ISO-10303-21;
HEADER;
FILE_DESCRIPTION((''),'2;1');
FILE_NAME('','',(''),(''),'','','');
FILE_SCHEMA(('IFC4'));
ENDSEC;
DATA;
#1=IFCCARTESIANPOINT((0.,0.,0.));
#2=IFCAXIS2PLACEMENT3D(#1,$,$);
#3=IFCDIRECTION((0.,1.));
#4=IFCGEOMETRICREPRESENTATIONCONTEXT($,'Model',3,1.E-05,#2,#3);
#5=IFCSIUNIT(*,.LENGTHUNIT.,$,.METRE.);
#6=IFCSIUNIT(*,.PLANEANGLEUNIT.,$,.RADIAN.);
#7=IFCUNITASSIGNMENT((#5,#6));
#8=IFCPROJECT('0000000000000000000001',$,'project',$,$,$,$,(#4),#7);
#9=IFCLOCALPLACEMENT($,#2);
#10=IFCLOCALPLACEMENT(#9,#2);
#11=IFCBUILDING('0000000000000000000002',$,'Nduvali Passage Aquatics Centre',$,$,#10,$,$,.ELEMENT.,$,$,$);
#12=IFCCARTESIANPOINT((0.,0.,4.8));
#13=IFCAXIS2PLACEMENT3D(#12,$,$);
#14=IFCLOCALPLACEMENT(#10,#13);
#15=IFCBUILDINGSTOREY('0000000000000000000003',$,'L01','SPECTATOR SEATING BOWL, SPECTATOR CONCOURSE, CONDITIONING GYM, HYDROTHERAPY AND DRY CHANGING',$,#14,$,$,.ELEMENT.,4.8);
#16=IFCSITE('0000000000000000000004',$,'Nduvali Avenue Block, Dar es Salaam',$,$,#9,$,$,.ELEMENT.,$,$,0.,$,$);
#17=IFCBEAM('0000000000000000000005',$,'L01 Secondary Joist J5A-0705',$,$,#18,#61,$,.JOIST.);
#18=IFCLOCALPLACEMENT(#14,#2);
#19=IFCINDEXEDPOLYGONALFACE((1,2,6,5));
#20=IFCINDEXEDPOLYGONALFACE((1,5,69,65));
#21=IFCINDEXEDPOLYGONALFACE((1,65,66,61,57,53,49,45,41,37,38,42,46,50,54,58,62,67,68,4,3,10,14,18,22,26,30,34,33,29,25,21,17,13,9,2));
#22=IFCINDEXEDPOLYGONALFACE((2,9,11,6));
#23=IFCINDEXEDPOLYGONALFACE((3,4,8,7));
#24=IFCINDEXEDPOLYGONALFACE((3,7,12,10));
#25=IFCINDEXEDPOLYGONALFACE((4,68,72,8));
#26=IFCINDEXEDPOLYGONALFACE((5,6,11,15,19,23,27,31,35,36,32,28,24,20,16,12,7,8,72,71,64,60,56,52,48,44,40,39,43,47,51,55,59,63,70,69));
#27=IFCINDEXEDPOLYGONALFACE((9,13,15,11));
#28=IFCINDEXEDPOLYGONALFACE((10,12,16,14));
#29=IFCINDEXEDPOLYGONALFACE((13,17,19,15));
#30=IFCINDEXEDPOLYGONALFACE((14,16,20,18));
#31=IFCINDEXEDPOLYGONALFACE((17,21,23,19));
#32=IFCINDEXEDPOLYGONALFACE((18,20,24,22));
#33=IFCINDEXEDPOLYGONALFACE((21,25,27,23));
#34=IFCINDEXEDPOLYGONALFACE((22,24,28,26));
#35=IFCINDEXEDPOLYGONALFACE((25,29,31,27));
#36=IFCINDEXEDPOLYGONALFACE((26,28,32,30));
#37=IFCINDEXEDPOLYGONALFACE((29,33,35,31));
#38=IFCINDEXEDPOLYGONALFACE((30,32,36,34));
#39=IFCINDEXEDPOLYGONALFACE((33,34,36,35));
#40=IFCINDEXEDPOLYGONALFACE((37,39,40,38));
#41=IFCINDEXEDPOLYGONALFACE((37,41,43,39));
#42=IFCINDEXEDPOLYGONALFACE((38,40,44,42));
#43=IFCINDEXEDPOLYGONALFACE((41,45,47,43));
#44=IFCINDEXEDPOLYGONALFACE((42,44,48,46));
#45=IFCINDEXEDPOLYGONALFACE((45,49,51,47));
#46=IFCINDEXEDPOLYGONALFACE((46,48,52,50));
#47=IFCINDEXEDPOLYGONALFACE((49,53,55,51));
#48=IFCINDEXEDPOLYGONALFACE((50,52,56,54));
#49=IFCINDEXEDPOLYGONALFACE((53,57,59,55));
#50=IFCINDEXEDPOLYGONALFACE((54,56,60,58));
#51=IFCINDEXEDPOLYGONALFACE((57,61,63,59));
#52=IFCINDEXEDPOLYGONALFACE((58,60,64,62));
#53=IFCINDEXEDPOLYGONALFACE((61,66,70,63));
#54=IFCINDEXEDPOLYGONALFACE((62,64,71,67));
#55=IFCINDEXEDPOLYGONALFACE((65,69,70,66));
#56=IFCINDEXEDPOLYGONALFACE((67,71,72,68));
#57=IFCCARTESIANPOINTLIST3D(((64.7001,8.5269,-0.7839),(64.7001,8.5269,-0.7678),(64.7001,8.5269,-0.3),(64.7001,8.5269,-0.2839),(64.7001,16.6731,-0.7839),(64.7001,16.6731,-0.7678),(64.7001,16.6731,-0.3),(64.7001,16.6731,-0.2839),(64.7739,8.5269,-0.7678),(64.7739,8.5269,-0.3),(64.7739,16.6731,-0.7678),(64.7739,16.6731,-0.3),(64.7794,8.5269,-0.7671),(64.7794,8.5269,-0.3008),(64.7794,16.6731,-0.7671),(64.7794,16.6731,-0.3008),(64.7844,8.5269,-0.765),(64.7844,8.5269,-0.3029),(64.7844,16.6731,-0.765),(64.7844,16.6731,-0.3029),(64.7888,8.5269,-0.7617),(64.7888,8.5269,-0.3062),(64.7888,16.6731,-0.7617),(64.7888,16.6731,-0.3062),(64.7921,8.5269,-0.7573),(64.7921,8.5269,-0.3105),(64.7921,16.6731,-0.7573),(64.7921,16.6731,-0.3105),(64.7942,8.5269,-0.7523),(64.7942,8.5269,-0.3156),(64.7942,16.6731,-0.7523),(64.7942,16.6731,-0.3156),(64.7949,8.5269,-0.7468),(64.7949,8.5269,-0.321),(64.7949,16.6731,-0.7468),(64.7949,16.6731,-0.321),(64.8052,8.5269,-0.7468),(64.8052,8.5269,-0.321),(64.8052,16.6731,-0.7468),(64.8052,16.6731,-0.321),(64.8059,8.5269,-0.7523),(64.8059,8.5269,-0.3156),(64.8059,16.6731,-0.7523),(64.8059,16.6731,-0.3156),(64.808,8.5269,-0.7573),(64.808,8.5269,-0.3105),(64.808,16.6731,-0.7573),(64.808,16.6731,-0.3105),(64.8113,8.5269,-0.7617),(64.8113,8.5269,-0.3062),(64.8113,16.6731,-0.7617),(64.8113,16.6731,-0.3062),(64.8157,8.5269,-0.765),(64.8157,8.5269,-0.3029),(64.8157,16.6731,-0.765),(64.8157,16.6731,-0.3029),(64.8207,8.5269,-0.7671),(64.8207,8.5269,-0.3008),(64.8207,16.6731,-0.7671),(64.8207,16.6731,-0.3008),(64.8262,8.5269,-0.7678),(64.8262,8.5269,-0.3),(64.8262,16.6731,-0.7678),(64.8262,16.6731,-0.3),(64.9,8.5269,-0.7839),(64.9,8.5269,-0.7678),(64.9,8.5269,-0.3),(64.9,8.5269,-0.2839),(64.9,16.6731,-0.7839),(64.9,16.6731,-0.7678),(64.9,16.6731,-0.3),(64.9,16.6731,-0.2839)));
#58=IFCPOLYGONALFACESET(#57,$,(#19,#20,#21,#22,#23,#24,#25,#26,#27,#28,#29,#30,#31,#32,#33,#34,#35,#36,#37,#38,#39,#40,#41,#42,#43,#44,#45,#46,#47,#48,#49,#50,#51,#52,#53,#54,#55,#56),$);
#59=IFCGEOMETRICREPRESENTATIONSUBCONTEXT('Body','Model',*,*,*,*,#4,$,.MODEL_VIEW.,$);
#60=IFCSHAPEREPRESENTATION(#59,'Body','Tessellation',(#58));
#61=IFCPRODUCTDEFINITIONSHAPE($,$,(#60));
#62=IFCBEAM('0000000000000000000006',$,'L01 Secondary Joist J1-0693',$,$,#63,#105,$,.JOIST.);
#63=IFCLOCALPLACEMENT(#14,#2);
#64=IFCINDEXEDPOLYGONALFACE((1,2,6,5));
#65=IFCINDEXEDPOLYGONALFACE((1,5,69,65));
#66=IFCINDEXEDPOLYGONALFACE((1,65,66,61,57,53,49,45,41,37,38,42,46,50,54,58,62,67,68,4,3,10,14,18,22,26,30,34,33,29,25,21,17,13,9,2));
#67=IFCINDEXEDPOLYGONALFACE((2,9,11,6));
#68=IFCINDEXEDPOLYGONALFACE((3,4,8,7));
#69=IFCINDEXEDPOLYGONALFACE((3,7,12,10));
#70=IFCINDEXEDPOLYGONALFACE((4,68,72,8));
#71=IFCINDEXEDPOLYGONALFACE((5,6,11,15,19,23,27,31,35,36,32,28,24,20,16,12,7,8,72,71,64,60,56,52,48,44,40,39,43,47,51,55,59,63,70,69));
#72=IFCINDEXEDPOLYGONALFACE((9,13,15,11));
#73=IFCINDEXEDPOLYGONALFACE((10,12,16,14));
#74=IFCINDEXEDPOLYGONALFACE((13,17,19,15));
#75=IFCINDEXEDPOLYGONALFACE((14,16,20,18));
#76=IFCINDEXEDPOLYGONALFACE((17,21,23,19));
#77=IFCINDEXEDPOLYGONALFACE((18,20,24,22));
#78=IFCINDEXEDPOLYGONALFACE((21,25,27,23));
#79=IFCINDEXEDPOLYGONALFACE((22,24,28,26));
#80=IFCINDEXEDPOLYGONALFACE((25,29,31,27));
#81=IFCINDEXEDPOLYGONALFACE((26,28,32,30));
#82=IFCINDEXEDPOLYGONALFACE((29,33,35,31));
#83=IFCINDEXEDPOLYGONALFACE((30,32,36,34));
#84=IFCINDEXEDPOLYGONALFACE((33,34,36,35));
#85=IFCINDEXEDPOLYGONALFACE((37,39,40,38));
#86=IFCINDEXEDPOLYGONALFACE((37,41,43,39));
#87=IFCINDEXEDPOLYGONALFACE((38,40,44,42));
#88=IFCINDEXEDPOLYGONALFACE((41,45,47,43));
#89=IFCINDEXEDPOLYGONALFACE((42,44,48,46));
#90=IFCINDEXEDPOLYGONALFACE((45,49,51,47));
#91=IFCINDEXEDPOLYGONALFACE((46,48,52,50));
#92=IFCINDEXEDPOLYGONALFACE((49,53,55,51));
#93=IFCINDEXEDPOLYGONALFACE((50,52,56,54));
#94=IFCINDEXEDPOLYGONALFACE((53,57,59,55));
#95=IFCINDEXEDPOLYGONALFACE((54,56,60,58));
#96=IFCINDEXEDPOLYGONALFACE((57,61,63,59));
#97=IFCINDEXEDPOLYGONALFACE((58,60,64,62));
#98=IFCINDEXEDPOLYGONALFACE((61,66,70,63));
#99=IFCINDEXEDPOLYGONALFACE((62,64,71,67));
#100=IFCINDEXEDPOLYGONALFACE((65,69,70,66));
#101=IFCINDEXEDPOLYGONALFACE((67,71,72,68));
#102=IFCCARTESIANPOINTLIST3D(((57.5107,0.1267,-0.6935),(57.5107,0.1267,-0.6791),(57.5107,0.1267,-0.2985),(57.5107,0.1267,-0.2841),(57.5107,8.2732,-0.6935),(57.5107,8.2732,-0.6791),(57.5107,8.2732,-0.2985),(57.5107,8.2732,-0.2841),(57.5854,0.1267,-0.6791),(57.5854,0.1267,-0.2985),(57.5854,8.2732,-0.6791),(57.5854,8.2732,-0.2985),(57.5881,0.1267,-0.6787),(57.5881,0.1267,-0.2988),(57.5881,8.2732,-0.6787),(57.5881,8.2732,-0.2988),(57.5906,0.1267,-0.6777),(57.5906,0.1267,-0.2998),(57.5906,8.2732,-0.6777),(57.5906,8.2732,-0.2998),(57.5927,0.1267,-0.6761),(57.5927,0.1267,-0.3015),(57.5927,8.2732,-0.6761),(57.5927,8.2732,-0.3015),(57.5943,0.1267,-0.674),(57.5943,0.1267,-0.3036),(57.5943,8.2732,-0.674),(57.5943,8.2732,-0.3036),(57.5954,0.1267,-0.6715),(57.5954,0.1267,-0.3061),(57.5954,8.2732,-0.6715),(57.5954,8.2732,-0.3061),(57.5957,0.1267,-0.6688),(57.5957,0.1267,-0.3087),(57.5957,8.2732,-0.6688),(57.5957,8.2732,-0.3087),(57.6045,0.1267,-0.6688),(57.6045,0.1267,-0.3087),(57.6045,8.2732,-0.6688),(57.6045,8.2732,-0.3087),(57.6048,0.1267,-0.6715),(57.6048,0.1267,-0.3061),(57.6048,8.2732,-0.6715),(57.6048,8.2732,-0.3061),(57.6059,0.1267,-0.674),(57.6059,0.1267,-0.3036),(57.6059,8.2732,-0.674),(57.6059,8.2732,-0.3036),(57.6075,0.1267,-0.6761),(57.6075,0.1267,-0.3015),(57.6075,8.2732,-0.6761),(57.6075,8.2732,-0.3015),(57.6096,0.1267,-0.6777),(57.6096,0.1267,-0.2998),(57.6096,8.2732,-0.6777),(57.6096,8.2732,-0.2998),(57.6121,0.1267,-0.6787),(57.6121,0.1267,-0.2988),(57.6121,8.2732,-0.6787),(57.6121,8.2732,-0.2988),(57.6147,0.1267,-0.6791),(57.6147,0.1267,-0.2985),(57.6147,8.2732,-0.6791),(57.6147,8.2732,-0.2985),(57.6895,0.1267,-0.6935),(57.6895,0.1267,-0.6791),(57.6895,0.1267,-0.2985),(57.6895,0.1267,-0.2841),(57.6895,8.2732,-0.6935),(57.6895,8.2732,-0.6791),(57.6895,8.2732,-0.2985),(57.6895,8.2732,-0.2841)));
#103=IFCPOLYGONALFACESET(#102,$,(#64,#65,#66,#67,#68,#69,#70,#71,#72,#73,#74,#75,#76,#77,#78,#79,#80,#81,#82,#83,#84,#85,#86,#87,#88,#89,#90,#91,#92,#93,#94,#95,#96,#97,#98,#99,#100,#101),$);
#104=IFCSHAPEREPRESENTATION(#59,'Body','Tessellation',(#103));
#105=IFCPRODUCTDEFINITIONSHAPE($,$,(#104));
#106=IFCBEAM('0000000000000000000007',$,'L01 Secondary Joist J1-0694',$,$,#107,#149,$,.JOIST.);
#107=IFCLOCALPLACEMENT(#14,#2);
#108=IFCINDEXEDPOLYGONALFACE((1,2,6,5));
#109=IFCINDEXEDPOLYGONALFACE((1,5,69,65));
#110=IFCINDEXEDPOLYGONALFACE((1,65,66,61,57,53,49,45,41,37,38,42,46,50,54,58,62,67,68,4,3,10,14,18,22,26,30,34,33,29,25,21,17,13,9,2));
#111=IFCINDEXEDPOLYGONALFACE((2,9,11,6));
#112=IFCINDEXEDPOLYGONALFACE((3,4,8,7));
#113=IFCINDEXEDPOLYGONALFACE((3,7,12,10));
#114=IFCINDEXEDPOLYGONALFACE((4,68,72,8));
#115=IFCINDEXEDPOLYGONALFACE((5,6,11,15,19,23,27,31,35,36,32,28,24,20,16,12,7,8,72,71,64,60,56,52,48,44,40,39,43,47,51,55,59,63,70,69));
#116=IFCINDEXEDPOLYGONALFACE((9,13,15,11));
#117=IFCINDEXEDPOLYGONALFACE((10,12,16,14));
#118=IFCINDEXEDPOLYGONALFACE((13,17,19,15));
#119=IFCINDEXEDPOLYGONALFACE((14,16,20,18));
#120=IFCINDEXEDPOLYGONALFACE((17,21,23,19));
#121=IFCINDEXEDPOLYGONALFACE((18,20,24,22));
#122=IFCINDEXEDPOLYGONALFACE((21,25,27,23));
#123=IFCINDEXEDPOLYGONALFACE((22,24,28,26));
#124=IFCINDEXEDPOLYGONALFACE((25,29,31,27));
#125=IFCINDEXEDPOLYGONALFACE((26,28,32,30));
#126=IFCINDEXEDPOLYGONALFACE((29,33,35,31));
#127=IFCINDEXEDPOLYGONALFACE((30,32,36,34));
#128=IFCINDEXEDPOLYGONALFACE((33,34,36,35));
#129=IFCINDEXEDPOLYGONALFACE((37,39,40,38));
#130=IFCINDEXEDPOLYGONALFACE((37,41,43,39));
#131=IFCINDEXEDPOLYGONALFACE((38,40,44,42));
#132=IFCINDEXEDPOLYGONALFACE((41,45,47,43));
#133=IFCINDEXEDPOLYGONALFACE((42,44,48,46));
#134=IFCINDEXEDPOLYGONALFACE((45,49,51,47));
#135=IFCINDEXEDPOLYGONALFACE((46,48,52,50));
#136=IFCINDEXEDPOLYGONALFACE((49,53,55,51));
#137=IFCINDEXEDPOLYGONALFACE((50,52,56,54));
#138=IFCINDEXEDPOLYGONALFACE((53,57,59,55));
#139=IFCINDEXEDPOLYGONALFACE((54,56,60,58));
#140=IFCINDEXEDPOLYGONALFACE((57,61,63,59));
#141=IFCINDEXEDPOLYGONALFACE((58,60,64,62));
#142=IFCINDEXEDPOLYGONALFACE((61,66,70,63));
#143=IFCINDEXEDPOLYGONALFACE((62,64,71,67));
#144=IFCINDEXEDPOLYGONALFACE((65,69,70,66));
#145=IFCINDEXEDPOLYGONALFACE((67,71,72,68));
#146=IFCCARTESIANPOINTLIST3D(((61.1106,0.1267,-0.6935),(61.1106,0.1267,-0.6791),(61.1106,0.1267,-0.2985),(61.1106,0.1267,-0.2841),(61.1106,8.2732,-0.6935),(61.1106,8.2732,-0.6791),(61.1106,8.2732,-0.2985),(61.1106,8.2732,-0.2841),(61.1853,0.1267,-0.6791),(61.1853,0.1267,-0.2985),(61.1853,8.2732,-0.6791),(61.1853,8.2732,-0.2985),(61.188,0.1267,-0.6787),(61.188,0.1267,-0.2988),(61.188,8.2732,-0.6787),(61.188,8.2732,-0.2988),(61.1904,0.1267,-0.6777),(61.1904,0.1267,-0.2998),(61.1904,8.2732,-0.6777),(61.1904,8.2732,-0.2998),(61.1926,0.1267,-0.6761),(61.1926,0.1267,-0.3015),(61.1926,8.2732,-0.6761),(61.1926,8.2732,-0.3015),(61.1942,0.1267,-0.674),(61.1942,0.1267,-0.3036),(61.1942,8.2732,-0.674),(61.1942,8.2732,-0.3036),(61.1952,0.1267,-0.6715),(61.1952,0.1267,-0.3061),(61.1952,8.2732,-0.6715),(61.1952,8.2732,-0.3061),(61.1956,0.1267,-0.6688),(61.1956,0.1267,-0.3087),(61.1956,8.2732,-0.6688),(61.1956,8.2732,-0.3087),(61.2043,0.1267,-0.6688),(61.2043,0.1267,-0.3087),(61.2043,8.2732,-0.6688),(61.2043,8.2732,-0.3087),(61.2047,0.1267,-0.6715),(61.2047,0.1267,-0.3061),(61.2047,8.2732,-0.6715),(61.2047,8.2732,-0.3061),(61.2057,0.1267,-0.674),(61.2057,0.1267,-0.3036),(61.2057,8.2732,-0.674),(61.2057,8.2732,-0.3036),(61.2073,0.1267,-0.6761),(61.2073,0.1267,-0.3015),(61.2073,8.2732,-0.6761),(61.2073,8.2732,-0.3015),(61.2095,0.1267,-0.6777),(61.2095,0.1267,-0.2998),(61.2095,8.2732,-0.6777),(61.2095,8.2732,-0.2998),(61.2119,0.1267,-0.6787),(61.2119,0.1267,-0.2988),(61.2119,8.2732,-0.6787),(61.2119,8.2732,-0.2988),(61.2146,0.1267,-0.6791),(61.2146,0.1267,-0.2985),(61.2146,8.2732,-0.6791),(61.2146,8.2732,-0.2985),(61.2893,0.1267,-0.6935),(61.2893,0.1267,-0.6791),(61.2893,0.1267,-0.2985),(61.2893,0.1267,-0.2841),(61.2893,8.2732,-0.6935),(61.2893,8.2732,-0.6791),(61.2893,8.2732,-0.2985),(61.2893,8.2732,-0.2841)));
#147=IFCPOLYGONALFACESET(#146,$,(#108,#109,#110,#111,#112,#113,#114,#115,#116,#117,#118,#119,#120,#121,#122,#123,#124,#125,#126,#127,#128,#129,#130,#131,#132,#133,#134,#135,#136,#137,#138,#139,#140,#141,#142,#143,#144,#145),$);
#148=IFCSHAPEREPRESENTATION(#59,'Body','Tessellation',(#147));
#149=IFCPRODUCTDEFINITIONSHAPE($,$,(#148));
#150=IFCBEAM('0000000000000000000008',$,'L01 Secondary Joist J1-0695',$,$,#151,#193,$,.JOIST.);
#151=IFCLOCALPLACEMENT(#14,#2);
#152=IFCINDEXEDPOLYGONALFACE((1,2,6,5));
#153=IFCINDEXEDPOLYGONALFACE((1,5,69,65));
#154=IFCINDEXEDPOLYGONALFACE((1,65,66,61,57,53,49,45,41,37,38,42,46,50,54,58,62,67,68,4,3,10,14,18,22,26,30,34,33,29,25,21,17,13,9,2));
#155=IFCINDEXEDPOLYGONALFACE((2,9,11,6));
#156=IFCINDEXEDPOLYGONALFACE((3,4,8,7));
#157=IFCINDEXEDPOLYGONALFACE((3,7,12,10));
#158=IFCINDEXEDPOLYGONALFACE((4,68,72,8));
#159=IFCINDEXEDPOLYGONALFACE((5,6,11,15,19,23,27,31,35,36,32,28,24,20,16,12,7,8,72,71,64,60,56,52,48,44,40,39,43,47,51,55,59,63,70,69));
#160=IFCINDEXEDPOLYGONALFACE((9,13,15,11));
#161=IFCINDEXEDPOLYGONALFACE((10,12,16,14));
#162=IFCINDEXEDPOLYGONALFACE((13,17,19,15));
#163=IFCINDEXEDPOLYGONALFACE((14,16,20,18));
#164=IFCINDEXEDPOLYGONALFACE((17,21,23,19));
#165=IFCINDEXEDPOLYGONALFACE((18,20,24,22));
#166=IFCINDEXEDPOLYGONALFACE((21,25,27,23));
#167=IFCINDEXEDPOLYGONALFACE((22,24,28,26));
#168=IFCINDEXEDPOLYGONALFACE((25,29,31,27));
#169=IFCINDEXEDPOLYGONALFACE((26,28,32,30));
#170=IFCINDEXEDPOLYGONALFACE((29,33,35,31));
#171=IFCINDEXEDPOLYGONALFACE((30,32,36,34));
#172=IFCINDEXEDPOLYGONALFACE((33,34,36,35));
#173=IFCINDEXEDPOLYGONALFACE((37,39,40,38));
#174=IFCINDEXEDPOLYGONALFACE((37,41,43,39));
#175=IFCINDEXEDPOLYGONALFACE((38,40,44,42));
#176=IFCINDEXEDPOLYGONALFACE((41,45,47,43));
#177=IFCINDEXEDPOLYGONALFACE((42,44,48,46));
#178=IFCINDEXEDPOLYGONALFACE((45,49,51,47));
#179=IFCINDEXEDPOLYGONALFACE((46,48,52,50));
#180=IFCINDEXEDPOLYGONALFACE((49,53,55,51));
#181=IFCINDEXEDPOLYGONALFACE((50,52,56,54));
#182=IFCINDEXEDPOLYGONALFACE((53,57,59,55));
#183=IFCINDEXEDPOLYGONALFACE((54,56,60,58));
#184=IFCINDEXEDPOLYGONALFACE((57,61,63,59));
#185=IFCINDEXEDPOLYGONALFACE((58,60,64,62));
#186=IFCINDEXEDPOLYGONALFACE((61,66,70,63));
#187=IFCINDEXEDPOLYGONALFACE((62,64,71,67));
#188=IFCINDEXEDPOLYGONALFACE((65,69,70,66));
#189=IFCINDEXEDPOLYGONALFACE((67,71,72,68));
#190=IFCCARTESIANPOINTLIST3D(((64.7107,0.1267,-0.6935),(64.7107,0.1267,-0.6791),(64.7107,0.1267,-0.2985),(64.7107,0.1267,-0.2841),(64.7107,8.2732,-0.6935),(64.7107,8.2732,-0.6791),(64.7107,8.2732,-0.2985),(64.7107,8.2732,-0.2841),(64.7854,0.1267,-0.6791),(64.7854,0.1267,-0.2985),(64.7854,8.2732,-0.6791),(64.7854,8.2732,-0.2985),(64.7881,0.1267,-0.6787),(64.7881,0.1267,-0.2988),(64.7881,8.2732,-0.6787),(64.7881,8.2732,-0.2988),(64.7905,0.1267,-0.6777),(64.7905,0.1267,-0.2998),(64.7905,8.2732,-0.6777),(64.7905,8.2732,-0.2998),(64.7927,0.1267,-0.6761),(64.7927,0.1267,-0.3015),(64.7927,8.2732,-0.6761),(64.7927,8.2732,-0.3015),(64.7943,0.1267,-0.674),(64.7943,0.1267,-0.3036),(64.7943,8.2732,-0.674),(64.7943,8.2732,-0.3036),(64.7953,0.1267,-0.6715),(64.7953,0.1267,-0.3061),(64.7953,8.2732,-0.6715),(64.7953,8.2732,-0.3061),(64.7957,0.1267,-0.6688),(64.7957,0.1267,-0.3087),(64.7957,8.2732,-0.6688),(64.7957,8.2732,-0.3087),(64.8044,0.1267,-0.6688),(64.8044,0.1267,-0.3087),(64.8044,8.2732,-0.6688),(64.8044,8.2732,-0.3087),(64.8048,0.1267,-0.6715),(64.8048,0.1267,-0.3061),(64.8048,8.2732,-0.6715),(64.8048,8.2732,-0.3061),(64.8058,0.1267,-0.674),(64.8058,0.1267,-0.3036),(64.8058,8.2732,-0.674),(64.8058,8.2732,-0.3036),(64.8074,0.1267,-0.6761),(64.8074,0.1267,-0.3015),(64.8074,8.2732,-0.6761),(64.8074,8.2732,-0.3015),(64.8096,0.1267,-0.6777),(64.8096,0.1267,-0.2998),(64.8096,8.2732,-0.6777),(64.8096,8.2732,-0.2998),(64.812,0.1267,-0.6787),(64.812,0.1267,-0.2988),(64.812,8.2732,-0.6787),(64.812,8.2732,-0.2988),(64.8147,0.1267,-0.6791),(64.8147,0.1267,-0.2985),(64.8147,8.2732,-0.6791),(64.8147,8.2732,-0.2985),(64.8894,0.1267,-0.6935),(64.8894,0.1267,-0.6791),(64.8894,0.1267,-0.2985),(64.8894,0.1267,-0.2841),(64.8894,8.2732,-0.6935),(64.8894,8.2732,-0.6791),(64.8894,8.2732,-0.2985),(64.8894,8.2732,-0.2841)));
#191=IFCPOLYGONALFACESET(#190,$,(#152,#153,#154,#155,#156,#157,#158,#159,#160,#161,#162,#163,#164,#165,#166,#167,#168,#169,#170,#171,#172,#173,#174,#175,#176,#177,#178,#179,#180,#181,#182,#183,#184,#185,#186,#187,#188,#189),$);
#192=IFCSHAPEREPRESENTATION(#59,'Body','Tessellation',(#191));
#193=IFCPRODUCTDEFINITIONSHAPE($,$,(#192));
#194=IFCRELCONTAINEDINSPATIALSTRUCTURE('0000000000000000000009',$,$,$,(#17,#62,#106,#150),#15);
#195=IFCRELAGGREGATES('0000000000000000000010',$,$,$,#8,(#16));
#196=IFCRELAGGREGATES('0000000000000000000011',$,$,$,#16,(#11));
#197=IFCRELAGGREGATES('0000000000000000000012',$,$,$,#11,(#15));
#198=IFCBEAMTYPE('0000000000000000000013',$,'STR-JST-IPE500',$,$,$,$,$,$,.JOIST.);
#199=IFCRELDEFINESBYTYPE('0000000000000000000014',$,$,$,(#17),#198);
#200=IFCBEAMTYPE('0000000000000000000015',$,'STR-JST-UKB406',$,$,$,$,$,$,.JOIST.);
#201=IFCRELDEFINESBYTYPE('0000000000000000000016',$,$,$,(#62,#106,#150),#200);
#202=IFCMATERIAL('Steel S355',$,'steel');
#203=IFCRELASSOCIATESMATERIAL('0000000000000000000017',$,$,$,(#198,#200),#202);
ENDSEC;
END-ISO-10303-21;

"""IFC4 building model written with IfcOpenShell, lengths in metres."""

from ifc_helpers import new_model, si_unit, direction, frame, origin, origin_2d, place, context, subcontext, project, spatial, i_section, extrude, material, material_profile, profile_set, type_object, element, save


model = new_model("IFC4")

# Units and contexts
model_context = context("Model", 3, precision=1e-05, world=origin(), true_north=direction((0.0, 1.0)))
body_context = subcontext(model_context, "Body", "Model", "MODEL_VIEW")
ifc_project = project(units=[si_unit("LENGTHUNIT", "METRE"), si_unit("PLANEANGLEUNIT", "RADIAN")], contexts=[model_context])

# Site, building, storey
site_placement = place(None, origin())
site = spatial("IfcSite", under=ifc_project, at=site_placement, Name="Nduvali Avenue Block, Dar es Salaam", CompositionType="ELEMENT", RefElevation=0.0)
building_placement = place(site_placement, origin())
building = spatial("IfcBuilding", under=site, at=building_placement, Name="Nduvali Passage Aquatics Centre", CompositionType="ELEMENT")
storey_placement = place(building_placement, frame((0.0, 0.0, 4.8)))
storey = spatial("IfcBuildingStorey", under=building, at=storey_placement, Name="L01", Description="SPECTATOR SEATING BOWL, SPECTATOR CONCOURSE, CONDITIONING GYM, HYDROTHERAPY AND DRY CHANGING", CompositionType="ELEMENT", Elevation=4.8)

# Shared definitions
ifc_material_1 = material(Name="Steel S355", Category="steel")

# Beams
ifc_material_profile_1 = material_profile(ifc_material_1, i_section(OverallWidth=0.2, OverallDepth=0.5, WebThickness=0.0103, FlangeThickness=0.0161, FilletRadius=0.021, at=origin_2d()), Name="IPE 500")
ifc_profile_set_1 = profile_set([ifc_material_profile_1], Name="Steel S355")
beam_type_1 = type_object("IfcBeamType", Name="STR-JST-IPE500", PredefinedType="JOIST", material=ifc_profile_set_1)
for number, where, z_axis, x_axis, name in (
    (1, (64.8, 8.5269, -0.5339), (0.0, 1.0, 0.0), (-1.0, 0.0, 0.0), "L01 Secondary Joist J5A-0705"),
):
    element("IfcBeam", number, at=place(storey_placement, frame(where, z_axis=z_axis, x_axis=x_axis)), inside=storey, type_object=beam_type_1, Name=name, PredefinedType="JOIST", context=body_context, shape_type="SweptSolid", body=[
        extrude(i_section(OverallWidth=0.2, OverallDepth=0.5, WebThickness=0.0103, FlangeThickness=0.0161, FilletRadius=0.021, at=origin_2d()), origin(), (0.0, 0.0, 1.0), 8.1462),
    ])
ifc_material_profile_2 = material_profile(ifc_material_1, i_section(OverallWidth=0.1787, OverallDepth=0.4094, WebThickness=0.0088, FlangeThickness=0.0144, FilletRadius=0.0103, at=origin_2d()), Name="UKB 406x178x67")
ifc_profile_set_2 = profile_set([ifc_material_profile_2], Name="Steel S355")
beam_type_2 = type_object("IfcBeamType", Name="STR-JST-UKB406", PredefinedType="JOIST", material=ifc_profile_set_2)
for number, where, z_axis, x_axis, name in (
    (2, (57.6001, 0.1267, -0.4888), (0.0, 1.0, 0.0), (-1.0, 0.0, 0.0), "L01 Secondary Joist J1-0693"),
    (3, (61.2, 0.1267, -0.4888), (0.0, 1.0, 0.0), (-1.0, 0.0, 0.0), "L01 Secondary Joist J1-0694"),
    (4, (64.8, 0.1267, -0.4888), (0.0, 1.0, 0.0), (-1.0, 0.0, 0.0), "L01 Secondary Joist J1-0695"),
):
    element("IfcBeam", number, at=place(storey_placement, frame(where, z_axis=z_axis, x_axis=x_axis)), inside=storey, type_object=beam_type_2, Name=name, PredefinedType="JOIST", context=body_context, shape_type="SweptSolid", body=[
        extrude(i_section(OverallWidth=0.1787, OverallDepth=0.4094, WebThickness=0.0088, FlangeThickness=0.0144, FilletRadius=0.0103, at=origin_2d()), origin(), (0.0, 0.0, 1.0), 8.1465),
    ])

save(model, "model.ifc")
